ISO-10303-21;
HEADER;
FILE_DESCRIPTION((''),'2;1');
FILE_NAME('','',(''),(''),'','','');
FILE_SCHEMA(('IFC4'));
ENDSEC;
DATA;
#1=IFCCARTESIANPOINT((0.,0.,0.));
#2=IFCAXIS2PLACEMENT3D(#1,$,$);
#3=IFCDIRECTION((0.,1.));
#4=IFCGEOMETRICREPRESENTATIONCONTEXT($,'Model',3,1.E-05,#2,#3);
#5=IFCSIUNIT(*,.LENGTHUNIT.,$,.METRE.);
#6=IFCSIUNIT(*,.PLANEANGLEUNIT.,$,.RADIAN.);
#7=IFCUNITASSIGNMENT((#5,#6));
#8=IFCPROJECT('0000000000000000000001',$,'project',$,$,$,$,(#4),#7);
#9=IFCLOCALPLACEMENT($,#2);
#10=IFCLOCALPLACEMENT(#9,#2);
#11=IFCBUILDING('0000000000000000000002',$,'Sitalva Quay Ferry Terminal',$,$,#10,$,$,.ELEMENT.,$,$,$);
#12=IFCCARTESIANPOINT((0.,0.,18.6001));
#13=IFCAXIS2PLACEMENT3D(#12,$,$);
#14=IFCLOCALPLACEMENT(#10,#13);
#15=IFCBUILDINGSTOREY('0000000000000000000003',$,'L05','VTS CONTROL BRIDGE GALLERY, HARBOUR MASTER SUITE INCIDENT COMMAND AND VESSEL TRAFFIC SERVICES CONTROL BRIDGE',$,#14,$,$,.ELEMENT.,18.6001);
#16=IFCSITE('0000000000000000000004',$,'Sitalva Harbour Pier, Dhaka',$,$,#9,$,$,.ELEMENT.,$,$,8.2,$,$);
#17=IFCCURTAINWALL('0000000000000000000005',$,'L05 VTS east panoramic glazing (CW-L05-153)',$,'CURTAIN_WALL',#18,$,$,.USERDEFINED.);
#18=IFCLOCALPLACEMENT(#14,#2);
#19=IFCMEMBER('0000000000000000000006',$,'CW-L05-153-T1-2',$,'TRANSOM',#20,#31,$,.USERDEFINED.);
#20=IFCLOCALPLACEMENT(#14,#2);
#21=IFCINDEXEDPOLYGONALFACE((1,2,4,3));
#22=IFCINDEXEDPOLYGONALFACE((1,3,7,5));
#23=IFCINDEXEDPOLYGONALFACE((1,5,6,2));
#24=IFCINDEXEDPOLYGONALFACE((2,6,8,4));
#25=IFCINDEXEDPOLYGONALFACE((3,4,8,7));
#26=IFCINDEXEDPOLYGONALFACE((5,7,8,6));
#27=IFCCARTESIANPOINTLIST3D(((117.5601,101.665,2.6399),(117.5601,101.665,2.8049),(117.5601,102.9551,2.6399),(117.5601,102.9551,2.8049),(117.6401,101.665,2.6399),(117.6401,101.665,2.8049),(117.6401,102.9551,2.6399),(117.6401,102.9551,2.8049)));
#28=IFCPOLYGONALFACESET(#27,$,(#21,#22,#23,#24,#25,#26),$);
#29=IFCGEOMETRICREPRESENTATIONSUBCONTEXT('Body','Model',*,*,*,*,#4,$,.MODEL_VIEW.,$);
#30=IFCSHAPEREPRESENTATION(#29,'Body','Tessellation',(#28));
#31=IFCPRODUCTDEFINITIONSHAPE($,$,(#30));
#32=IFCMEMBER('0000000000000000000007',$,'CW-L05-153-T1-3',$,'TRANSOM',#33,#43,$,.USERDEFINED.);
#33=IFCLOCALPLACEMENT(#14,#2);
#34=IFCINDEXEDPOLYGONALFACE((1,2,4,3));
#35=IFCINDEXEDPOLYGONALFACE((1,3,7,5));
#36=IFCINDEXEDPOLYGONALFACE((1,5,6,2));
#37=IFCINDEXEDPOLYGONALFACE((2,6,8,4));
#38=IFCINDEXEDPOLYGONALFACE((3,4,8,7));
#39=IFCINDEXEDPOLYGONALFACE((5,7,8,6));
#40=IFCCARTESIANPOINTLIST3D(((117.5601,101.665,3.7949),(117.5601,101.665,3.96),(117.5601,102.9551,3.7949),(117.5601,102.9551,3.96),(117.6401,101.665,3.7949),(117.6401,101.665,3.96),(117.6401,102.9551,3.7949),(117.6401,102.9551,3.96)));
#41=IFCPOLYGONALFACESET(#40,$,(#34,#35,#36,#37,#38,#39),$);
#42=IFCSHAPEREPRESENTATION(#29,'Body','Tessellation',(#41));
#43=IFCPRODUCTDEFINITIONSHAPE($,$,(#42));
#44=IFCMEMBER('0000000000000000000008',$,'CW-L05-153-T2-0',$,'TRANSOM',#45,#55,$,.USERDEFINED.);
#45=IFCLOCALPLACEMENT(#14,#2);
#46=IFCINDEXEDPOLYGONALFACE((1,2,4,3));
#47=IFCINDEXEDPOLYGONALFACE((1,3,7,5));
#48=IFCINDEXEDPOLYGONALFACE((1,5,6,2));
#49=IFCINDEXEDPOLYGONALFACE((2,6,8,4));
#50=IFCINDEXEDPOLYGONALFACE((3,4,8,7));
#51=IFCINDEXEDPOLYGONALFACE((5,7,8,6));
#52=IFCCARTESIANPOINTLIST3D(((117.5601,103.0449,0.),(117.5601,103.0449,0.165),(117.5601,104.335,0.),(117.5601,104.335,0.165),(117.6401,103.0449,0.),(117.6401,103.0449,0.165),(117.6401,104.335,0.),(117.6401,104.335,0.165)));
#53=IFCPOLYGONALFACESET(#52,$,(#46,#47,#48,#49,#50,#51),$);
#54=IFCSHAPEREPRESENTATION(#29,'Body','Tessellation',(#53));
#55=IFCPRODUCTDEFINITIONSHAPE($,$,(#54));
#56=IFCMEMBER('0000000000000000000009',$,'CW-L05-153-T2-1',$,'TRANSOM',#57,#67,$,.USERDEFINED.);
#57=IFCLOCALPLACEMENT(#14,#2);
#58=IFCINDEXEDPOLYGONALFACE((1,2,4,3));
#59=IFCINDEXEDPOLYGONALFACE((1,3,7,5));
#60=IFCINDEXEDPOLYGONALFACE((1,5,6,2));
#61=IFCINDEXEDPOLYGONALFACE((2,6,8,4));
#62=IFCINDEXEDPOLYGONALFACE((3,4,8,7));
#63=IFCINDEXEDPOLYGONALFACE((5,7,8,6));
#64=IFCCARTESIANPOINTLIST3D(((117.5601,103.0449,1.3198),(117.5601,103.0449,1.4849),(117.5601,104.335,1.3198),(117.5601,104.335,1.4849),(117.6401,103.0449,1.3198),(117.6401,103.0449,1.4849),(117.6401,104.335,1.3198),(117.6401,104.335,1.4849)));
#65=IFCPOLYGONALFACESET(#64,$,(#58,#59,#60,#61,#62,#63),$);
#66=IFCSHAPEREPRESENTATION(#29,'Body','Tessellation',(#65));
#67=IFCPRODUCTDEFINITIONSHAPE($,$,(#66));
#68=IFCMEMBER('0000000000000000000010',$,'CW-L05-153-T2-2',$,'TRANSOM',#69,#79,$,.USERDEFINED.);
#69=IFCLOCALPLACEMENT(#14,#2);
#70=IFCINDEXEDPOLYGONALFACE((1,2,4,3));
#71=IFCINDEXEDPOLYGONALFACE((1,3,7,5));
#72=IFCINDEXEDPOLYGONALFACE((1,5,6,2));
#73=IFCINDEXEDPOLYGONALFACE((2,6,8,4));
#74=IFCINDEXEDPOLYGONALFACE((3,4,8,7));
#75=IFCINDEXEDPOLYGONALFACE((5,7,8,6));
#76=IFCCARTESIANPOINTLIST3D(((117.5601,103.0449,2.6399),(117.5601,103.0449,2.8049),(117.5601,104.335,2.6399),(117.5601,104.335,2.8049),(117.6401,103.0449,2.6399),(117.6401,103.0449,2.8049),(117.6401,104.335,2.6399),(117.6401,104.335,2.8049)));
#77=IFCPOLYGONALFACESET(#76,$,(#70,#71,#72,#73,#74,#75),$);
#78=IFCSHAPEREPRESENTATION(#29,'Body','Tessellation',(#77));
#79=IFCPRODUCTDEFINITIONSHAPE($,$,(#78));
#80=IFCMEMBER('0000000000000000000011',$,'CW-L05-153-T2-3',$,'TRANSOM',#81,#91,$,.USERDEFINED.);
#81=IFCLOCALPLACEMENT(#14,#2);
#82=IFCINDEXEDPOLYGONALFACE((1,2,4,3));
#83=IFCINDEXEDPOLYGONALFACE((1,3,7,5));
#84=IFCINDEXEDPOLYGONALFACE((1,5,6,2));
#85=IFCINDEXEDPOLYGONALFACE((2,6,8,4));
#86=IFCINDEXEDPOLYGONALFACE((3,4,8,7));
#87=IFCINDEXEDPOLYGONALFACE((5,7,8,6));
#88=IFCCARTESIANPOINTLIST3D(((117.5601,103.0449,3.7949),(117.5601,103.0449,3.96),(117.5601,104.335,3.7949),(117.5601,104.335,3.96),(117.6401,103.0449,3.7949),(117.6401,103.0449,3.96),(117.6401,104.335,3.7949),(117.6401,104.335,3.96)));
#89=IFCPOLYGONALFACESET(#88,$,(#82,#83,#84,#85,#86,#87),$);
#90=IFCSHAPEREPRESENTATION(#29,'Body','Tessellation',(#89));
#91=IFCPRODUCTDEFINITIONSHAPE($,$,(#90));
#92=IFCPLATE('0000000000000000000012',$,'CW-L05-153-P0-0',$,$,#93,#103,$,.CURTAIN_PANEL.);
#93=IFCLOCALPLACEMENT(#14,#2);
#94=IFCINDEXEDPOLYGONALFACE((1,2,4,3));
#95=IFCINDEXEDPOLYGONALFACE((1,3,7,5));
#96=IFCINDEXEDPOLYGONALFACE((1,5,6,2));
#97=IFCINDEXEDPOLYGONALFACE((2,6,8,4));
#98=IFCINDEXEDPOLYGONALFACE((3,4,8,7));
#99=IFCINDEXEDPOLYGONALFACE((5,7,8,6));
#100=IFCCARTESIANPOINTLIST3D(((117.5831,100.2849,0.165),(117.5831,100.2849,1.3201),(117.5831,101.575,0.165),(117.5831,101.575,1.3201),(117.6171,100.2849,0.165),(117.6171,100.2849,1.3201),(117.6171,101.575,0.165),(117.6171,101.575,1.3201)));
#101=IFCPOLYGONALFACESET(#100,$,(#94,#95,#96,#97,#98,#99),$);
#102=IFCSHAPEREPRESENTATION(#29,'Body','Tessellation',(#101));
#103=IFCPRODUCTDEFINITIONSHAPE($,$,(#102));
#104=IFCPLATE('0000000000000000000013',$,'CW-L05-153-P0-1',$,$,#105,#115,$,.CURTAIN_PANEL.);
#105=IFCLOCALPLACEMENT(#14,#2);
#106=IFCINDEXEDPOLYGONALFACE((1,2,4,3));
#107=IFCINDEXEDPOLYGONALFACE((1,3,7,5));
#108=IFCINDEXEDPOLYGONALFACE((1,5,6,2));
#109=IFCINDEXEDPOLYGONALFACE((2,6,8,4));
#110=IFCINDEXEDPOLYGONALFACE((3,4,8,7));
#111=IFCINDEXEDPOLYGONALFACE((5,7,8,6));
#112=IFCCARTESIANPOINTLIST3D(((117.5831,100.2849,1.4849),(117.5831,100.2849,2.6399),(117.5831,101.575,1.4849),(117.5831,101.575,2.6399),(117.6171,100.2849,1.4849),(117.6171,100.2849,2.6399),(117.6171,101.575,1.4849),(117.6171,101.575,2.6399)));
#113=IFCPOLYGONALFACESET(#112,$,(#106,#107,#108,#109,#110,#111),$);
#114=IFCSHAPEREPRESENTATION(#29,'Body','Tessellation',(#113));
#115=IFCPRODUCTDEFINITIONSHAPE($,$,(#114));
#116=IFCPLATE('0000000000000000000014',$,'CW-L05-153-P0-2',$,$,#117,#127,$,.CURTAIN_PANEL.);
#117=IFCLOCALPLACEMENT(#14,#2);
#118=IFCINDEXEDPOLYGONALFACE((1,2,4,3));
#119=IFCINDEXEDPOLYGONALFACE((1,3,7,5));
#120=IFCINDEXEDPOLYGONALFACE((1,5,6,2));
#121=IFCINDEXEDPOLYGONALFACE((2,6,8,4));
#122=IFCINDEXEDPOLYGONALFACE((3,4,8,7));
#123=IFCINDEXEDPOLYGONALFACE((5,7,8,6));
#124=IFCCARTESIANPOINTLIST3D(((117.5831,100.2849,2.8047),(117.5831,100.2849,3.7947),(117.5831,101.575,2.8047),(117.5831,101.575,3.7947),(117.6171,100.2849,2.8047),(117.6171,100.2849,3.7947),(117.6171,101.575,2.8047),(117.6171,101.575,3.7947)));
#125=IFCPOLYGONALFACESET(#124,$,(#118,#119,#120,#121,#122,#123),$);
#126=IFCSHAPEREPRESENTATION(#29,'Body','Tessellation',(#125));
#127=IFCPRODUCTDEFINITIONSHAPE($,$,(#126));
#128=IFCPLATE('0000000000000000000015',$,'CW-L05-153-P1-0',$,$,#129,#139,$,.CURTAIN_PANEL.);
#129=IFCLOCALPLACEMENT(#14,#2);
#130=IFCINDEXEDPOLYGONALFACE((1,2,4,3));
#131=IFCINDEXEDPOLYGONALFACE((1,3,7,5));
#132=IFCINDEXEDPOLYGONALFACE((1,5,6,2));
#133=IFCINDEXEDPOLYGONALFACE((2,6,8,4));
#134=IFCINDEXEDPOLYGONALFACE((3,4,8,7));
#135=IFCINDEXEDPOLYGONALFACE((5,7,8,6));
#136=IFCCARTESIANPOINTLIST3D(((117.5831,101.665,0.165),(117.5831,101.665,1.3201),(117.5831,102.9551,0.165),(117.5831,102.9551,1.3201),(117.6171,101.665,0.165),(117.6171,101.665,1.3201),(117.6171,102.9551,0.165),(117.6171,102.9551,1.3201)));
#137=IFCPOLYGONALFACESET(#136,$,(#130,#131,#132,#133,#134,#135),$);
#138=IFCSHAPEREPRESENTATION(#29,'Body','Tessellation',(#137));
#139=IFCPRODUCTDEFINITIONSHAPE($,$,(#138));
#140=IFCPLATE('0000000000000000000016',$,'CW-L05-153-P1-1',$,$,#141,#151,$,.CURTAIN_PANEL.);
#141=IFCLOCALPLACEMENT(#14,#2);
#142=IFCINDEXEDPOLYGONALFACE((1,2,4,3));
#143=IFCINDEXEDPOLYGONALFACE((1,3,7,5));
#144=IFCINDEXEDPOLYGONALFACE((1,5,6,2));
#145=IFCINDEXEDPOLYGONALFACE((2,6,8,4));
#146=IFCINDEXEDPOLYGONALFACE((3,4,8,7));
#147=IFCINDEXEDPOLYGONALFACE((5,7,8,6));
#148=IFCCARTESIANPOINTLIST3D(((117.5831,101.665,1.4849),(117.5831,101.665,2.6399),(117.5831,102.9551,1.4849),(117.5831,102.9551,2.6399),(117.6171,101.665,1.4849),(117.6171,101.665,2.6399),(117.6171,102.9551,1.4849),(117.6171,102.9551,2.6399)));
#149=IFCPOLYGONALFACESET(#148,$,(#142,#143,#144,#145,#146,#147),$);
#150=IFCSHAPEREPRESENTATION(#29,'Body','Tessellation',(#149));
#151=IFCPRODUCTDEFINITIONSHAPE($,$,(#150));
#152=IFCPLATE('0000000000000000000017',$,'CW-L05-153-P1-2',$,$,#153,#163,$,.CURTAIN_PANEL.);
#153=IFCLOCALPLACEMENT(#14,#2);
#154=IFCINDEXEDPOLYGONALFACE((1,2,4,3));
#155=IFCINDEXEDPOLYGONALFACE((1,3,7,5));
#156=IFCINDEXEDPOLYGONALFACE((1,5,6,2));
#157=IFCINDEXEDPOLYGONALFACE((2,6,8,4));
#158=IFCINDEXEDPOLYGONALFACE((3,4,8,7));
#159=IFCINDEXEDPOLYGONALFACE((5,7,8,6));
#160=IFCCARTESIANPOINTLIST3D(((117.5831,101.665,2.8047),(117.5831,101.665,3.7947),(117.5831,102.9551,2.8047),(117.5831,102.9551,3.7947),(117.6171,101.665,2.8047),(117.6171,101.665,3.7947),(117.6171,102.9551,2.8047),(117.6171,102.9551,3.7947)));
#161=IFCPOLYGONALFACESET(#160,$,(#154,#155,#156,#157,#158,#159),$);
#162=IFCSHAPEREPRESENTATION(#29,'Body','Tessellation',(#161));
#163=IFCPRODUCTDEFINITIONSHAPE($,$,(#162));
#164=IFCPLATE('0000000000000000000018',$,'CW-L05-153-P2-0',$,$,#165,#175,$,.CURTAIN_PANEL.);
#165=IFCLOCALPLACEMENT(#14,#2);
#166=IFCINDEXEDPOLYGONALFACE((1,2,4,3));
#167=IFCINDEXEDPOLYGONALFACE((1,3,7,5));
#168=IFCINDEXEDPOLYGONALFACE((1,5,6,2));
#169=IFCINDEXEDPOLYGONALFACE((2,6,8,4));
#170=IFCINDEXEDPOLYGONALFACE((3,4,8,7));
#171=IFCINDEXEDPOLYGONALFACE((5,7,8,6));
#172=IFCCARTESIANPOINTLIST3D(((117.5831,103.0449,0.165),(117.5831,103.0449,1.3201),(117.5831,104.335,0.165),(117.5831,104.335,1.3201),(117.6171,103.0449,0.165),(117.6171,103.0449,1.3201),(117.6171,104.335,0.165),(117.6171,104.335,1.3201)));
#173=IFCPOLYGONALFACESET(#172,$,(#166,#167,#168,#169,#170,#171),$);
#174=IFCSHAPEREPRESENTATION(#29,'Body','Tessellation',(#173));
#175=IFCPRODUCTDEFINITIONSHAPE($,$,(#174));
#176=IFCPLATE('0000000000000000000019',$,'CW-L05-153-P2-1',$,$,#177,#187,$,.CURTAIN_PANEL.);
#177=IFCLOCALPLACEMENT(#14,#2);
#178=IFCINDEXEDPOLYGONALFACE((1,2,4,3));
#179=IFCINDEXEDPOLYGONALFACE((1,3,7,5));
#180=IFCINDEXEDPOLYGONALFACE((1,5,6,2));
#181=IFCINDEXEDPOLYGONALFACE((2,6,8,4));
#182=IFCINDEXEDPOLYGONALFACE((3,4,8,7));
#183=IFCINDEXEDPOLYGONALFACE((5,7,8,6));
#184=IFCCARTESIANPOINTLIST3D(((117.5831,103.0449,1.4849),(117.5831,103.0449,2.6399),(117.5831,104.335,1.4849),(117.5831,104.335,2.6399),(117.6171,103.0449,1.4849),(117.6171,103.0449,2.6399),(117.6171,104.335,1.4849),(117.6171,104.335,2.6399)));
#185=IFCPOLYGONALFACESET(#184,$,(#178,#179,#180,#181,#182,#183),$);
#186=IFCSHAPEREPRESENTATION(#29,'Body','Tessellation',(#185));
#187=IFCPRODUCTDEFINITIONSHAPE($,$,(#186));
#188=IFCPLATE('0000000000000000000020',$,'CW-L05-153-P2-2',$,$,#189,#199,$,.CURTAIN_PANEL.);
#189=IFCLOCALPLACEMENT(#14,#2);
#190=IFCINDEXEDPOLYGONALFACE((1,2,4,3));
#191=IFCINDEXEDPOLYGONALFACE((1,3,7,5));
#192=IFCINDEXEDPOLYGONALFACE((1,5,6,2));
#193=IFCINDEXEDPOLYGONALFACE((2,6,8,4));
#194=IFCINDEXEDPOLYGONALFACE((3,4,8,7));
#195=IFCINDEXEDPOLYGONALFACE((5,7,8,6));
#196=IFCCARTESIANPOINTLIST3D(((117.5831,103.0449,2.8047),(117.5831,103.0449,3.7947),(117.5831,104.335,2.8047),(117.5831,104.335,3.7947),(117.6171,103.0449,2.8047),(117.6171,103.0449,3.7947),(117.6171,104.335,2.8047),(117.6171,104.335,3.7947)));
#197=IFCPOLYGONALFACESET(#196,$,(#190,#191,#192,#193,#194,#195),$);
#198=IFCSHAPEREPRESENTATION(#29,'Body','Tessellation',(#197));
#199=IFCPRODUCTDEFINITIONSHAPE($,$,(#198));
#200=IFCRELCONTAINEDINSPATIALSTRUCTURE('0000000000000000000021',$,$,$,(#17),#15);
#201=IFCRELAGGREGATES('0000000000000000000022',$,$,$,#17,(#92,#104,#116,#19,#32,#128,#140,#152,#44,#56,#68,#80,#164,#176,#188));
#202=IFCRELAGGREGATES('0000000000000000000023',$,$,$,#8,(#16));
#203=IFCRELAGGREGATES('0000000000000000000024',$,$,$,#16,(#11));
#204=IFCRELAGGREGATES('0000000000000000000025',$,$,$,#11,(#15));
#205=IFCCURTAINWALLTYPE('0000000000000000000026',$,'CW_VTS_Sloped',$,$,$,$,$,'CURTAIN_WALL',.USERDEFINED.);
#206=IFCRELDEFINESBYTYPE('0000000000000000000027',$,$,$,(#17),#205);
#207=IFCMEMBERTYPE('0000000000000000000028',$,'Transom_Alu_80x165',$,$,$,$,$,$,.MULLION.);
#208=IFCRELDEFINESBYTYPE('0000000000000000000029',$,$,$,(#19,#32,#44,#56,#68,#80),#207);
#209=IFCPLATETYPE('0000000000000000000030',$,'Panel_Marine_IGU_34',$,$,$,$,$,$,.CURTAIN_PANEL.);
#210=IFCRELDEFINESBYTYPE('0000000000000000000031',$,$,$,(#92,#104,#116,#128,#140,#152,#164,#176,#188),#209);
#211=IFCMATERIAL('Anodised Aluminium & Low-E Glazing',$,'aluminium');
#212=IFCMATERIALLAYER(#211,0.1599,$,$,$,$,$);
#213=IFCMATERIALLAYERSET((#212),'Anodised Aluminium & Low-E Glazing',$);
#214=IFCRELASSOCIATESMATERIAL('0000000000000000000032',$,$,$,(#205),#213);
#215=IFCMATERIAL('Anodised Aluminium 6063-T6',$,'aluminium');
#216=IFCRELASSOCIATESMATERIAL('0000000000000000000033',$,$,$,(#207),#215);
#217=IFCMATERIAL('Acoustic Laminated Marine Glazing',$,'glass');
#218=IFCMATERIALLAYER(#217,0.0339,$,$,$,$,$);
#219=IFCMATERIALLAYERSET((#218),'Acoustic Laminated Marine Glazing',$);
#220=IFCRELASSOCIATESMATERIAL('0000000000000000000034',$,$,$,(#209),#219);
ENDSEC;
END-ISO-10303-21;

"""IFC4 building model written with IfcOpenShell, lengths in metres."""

from ifc_helpers import new_model, si_unit, direction, frame, origin, origin_2d, place, context, subcontext, project, spatial, rectangle, extrude, material, layer, layer_set, material_profile, profile_set, type_object, element, aggregate, save


model = new_model("IFC4")

# Units and contexts
model_context = context("Model", 3, precision=1e-05, world=origin(), true_north=direction((0.0, 1.0)))
body_context = subcontext(model_context, "Body", "Model", "MODEL_VIEW")
ifc_project = project(units=[si_unit("LENGTHUNIT", "METRE"), si_unit("PLANEANGLEUNIT", "RADIAN")], contexts=[model_context])

# Site, building, storey
site_placement = place(None, origin())
site = spatial("IfcSite", under=ifc_project, at=site_placement, Name="Sitalva Harbour Pier, Dhaka", CompositionType="ELEMENT", RefElevation=8.2)
building_placement = place(site_placement, origin())
building = spatial("IfcBuilding", under=site, at=building_placement, Name="Sitalva Quay Ferry Terminal", CompositionType="ELEMENT")
storey_placement = place(building_placement, frame((0.0, 0.0, 18.6001)))
storey = spatial("IfcBuildingStorey", under=building, at=storey_placement, Name="L05", Description="VTS CONTROL BRIDGE GALLERY, HARBOUR MASTER SUITE INCIDENT COMMAND AND VESSEL TRAFFIC SERVICES CONTROL BRIDGE", CompositionType="ELEMENT", Elevation=18.6001)

# Curtain wall, members, plates
ifc_material_1 = material(Name="Anodised Aluminium & Low-E Glazing", Category="aluminium")
ifc_layer_1 = layer(ifc_material_1, 0.1599)
ifc_layer_set_1 = layer_set([ifc_layer_1], Name="Anodised Aluminium & Low-E Glazing")
curtain_wall_type = type_object("IfcCurtainWallType", Name="CW_VTS_Sloped", ElementType="CURTAIN_WALL", PredefinedType="USERDEFINED", material=ifc_layer_set_1)
curtain_wall_placement = place(storey_placement, origin())
curtain_wall = element("IfcCurtainWall", 1, at=curtain_wall_placement, inside=storey, type_object=curtain_wall_type, Name="L05 VTS east panoramic glazing (CW-L05-153)", ObjectType="CURTAIN_WALL", PredefinedType="USERDEFINED")
ifc_material_2 = material(Name="Anodised Aluminium 6063-T6", Category="aluminium")
ifc_material_profile_1 = material_profile(ifc_material_2, rectangle(XDim=0.0801, YDim=0.165, at=origin_2d()), Name="ALU80x165")
ifc_profile_set_1 = profile_set([ifc_material_profile_1], Name="Anodised Aluminium 6063-T6")
member_type_1 = type_object("IfcMemberType", Name="Transom_Alu_80x165", PredefinedType="MULLION", material=ifc_profile_set_1)
member_1_placement = place(storey_placement, frame((117.6001, 101.665, 2.7224), z_axis=(0.0, 1.0, 0.0), x_axis=(-1.0, 0.0, 0.0)))
member_1 = element("IfcMember", 2, at=member_1_placement, type_object=member_type_1, Name="CW-L05-153-T1-2", ObjectType="TRANSOM", PredefinedType="USERDEFINED", context=body_context, shape_type="SweptSolid", body=[
    extrude(rectangle(XDim=0.0801, YDim=0.165, at=origin_2d()), origin(), (0.0, 0.0, 1.0), 1.29),
])
member_2_placement = place(storey_placement, frame((117.6001, 101.665, 3.8774), z_axis=(0.0, 1.0, 0.0), x_axis=(-1.0, 0.0, 0.0)))
member_2 = element("IfcMember", 3, at=member_2_placement, type_object=member_type_1, Name="CW-L05-153-T1-3", ObjectType="TRANSOM", PredefinedType="USERDEFINED", context=body_context, shape_type="SweptSolid", body=[
    extrude(rectangle(XDim=0.0801, YDim=0.165, at=origin_2d()), origin(), (0.0, 0.0, 1.0), 1.29),
])
member_3_placement = place(storey_placement, frame((117.6001, 103.0449, 0.0825), z_axis=(0.0, 1.0, 0.0), x_axis=(-1.0, 0.0, 0.0)))
member_3 = element("IfcMember", 4, at=member_3_placement, type_object=member_type_1, Name="CW-L05-153-T2-0", ObjectType="TRANSOM", PredefinedType="USERDEFINED", context=body_context, shape_type="SweptSolid", body=[
    extrude(rectangle(XDim=0.0801, YDim=0.165, at=origin_2d()), origin(), (0.0, 0.0, 1.0), 1.29),
])
member_4_placement = place(storey_placement, frame((117.6001, 103.0449, 1.4023), z_axis=(0.0, 1.0, 0.0), x_axis=(-1.0, 0.0, 0.0)))
member_4 = element("IfcMember", 5, at=member_4_placement, type_object=member_type_1, Name="CW-L05-153-T2-1", ObjectType="TRANSOM", PredefinedType="USERDEFINED", context=body_context, shape_type="SweptSolid", body=[
    extrude(rectangle(XDim=0.0801, YDim=0.165, at=origin_2d()), origin(), (0.0, 0.0, 1.0), 1.29),
])
member_5_placement = place(storey_placement, frame((117.6001, 103.0449, 2.7224), z_axis=(0.0, 1.0, 0.0), x_axis=(-1.0, 0.0, 0.0)))
member_5 = element("IfcMember", 6, at=member_5_placement, type_object=member_type_1, Name="CW-L05-153-T2-2", ObjectType="TRANSOM", PredefinedType="USERDEFINED", context=body_context, shape_type="SweptSolid", body=[
    extrude(rectangle(XDim=0.0801, YDim=0.165, at=origin_2d()), origin(), (0.0, 0.0, 1.0), 1.29),
])
member_6_placement = place(storey_placement, frame((117.6001, 103.0449, 3.8774), z_axis=(0.0, 1.0, 0.0), x_axis=(-1.0, 0.0, 0.0)))
member_6 = element("IfcMember", 7, at=member_6_placement, type_object=member_type_1, Name="CW-L05-153-T2-3", ObjectType="TRANSOM", PredefinedType="USERDEFINED", context=body_context, shape_type="SweptSolid", body=[
    extrude(rectangle(XDim=0.0801, YDim=0.165, at=origin_2d()), origin(), (0.0, 0.0, 1.0), 1.29),
])
ifc_material_3 = material(Name="Acoustic Laminated Marine Glazing", Category="glass")
ifc_layer_2 = layer(ifc_material_3, 0.0339)
ifc_layer_set_2 = layer_set([ifc_layer_2], Name="Acoustic Laminated Marine Glazing")
plate_type = type_object("IfcPlateType", Name="Panel_Marine_IGU_34", PredefinedType="CURTAIN_PANEL", material=ifc_layer_set_2)
plate_1_placement = place(storey_placement, frame((117.6001, 100.9299, 0.165), z_axis=(0.0, 0.0, 1.0), x_axis=(0.0, 1.0, 0.0)))
plate_1 = element("IfcPlate", 8, at=plate_1_placement, type_object=plate_type, Name="CW-L05-153-P0-0", PredefinedType="CURTAIN_PANEL", context=body_context, shape_type="SweptSolid", body=[
    extrude(rectangle(XDim=1.29, YDim=0.0339, at=origin_2d()), origin(), (0.0, 0.0, 1.0), 1.155),
])
plate_2_placement = place(storey_placement, frame((117.6001, 100.9299, 1.4849), z_axis=(0.0, 0.0, 1.0), x_axis=(0.0, 1.0, 0.0)))
plate_2 = element("IfcPlate", 9, at=plate_2_placement, type_object=plate_type, Name="CW-L05-153-P0-1", PredefinedType="CURTAIN_PANEL", context=body_context, shape_type="SweptSolid", body=[
    extrude(rectangle(XDim=1.29, YDim=0.0339, at=origin_2d()), origin(), (0.0, 0.0, 1.0), 1.155),
])
plate_3_placement = place(storey_placement, frame((117.6001, 100.9299, 2.8047), z_axis=(0.0, 0.0, 1.0), x_axis=(0.0, 1.0, 0.0)))
plate_3 = element("IfcPlate", 10, at=plate_3_placement, type_object=plate_type, Name="CW-L05-153-P0-2", PredefinedType="CURTAIN_PANEL", context=body_context, shape_type="SweptSolid", body=[
    extrude(rectangle(XDim=1.29, YDim=0.0339, at=origin_2d()), origin(), (0.0, 0.0, 1.0), 0.99),
])
plate_4_placement = place(storey_placement, frame((117.6001, 102.3101, 0.165), z_axis=(0.0, 0.0, 1.0), x_axis=(0.0, 1.0, 0.0)))
plate_4 = element("IfcPlate", 11, at=plate_4_placement, type_object=plate_type, Name="CW-L05-153-P1-0", PredefinedType="CURTAIN_PANEL", context=body_context, shape_type="SweptSolid", body=[
    extrude(rectangle(XDim=1.29, YDim=0.0339, at=origin_2d()), origin(), (0.0, 0.0, 1.0), 1.155),
])
plate_5_placement = place(storey_placement, frame((117.6001, 102.3101, 1.4849), z_axis=(0.0, 0.0, 1.0), x_axis=(0.0, 1.0, 0.0)))
plate_5 = element("IfcPlate", 12, at=plate_5_placement, type_object=plate_type, Name="CW-L05-153-P1-1", PredefinedType="CURTAIN_PANEL", context=body_context, shape_type="SweptSolid", body=[
    extrude(rectangle(XDim=1.29, YDim=0.0339, at=origin_2d()), origin(), (0.0, 0.0, 1.0), 1.155),
])
plate_6_placement = place(storey_placement, frame((117.6001, 102.3101, 2.8047), z_axis=(0.0, 0.0, 1.0), x_axis=(0.0, 1.0, 0.0)))
plate_6 = element("IfcPlate", 13, at=plate_6_placement, type_object=plate_type, Name="CW-L05-153-P1-2", PredefinedType="CURTAIN_PANEL", context=body_context, shape_type="SweptSolid", body=[
    extrude(rectangle(XDim=1.29, YDim=0.0339, at=origin_2d()), origin(), (0.0, 0.0, 1.0), 0.99),
])
plate_7_placement = place(storey_placement, frame((117.6001, 103.6899, 0.165), z_axis=(0.0, 0.0, 1.0), x_axis=(0.0, 1.0, 0.0)))
plate_7 = element("IfcPlate", 14, at=plate_7_placement, type_object=plate_type, Name="CW-L05-153-P2-0", PredefinedType="CURTAIN_PANEL", context=body_context, shape_type="SweptSolid", body=[
    extrude(rectangle(XDim=1.29, YDim=0.0339, at=origin_2d()), origin(), (0.0, 0.0, 1.0), 1.155),
])
plate_8_placement = place(storey_placement, frame((117.6001, 103.6899, 1.4849), z_axis=(0.0, 0.0, 1.0), x_axis=(0.0, 1.0, 0.0)))
plate_8 = element("IfcPlate", 15, at=plate_8_placement, type_object=plate_type, Name="CW-L05-153-P2-1", PredefinedType="CURTAIN_PANEL", context=body_context, shape_type="SweptSolid", body=[
    extrude(rectangle(XDim=1.29, YDim=0.0339, at=origin_2d()), origin(), (0.0, 0.0, 1.0), 1.155),
])
plate_9_placement = place(storey_placement, frame((117.6001, 103.6899, 2.8047), z_axis=(0.0, 0.0, 1.0), x_axis=(0.0, 1.0, 0.0)))
plate_9 = element("IfcPlate", 16, at=plate_9_placement, type_object=plate_type, Name="CW-L05-153-P2-2", PredefinedType="CURTAIN_PANEL", context=body_context, shape_type="SweptSolid", body=[
    extrude(rectangle(XDim=1.29, YDim=0.0339, at=origin_2d()), origin(), (0.0, 0.0, 1.0), 0.99),
])
aggregate(curtain_wall, [plate_1, plate_2, plate_3, member_1, member_2, plate_4, plate_5, plate_6, member_3, member_4, member_5, member_6, plate_7, plate_8, plate_9])

save(model, "model.ifc")
